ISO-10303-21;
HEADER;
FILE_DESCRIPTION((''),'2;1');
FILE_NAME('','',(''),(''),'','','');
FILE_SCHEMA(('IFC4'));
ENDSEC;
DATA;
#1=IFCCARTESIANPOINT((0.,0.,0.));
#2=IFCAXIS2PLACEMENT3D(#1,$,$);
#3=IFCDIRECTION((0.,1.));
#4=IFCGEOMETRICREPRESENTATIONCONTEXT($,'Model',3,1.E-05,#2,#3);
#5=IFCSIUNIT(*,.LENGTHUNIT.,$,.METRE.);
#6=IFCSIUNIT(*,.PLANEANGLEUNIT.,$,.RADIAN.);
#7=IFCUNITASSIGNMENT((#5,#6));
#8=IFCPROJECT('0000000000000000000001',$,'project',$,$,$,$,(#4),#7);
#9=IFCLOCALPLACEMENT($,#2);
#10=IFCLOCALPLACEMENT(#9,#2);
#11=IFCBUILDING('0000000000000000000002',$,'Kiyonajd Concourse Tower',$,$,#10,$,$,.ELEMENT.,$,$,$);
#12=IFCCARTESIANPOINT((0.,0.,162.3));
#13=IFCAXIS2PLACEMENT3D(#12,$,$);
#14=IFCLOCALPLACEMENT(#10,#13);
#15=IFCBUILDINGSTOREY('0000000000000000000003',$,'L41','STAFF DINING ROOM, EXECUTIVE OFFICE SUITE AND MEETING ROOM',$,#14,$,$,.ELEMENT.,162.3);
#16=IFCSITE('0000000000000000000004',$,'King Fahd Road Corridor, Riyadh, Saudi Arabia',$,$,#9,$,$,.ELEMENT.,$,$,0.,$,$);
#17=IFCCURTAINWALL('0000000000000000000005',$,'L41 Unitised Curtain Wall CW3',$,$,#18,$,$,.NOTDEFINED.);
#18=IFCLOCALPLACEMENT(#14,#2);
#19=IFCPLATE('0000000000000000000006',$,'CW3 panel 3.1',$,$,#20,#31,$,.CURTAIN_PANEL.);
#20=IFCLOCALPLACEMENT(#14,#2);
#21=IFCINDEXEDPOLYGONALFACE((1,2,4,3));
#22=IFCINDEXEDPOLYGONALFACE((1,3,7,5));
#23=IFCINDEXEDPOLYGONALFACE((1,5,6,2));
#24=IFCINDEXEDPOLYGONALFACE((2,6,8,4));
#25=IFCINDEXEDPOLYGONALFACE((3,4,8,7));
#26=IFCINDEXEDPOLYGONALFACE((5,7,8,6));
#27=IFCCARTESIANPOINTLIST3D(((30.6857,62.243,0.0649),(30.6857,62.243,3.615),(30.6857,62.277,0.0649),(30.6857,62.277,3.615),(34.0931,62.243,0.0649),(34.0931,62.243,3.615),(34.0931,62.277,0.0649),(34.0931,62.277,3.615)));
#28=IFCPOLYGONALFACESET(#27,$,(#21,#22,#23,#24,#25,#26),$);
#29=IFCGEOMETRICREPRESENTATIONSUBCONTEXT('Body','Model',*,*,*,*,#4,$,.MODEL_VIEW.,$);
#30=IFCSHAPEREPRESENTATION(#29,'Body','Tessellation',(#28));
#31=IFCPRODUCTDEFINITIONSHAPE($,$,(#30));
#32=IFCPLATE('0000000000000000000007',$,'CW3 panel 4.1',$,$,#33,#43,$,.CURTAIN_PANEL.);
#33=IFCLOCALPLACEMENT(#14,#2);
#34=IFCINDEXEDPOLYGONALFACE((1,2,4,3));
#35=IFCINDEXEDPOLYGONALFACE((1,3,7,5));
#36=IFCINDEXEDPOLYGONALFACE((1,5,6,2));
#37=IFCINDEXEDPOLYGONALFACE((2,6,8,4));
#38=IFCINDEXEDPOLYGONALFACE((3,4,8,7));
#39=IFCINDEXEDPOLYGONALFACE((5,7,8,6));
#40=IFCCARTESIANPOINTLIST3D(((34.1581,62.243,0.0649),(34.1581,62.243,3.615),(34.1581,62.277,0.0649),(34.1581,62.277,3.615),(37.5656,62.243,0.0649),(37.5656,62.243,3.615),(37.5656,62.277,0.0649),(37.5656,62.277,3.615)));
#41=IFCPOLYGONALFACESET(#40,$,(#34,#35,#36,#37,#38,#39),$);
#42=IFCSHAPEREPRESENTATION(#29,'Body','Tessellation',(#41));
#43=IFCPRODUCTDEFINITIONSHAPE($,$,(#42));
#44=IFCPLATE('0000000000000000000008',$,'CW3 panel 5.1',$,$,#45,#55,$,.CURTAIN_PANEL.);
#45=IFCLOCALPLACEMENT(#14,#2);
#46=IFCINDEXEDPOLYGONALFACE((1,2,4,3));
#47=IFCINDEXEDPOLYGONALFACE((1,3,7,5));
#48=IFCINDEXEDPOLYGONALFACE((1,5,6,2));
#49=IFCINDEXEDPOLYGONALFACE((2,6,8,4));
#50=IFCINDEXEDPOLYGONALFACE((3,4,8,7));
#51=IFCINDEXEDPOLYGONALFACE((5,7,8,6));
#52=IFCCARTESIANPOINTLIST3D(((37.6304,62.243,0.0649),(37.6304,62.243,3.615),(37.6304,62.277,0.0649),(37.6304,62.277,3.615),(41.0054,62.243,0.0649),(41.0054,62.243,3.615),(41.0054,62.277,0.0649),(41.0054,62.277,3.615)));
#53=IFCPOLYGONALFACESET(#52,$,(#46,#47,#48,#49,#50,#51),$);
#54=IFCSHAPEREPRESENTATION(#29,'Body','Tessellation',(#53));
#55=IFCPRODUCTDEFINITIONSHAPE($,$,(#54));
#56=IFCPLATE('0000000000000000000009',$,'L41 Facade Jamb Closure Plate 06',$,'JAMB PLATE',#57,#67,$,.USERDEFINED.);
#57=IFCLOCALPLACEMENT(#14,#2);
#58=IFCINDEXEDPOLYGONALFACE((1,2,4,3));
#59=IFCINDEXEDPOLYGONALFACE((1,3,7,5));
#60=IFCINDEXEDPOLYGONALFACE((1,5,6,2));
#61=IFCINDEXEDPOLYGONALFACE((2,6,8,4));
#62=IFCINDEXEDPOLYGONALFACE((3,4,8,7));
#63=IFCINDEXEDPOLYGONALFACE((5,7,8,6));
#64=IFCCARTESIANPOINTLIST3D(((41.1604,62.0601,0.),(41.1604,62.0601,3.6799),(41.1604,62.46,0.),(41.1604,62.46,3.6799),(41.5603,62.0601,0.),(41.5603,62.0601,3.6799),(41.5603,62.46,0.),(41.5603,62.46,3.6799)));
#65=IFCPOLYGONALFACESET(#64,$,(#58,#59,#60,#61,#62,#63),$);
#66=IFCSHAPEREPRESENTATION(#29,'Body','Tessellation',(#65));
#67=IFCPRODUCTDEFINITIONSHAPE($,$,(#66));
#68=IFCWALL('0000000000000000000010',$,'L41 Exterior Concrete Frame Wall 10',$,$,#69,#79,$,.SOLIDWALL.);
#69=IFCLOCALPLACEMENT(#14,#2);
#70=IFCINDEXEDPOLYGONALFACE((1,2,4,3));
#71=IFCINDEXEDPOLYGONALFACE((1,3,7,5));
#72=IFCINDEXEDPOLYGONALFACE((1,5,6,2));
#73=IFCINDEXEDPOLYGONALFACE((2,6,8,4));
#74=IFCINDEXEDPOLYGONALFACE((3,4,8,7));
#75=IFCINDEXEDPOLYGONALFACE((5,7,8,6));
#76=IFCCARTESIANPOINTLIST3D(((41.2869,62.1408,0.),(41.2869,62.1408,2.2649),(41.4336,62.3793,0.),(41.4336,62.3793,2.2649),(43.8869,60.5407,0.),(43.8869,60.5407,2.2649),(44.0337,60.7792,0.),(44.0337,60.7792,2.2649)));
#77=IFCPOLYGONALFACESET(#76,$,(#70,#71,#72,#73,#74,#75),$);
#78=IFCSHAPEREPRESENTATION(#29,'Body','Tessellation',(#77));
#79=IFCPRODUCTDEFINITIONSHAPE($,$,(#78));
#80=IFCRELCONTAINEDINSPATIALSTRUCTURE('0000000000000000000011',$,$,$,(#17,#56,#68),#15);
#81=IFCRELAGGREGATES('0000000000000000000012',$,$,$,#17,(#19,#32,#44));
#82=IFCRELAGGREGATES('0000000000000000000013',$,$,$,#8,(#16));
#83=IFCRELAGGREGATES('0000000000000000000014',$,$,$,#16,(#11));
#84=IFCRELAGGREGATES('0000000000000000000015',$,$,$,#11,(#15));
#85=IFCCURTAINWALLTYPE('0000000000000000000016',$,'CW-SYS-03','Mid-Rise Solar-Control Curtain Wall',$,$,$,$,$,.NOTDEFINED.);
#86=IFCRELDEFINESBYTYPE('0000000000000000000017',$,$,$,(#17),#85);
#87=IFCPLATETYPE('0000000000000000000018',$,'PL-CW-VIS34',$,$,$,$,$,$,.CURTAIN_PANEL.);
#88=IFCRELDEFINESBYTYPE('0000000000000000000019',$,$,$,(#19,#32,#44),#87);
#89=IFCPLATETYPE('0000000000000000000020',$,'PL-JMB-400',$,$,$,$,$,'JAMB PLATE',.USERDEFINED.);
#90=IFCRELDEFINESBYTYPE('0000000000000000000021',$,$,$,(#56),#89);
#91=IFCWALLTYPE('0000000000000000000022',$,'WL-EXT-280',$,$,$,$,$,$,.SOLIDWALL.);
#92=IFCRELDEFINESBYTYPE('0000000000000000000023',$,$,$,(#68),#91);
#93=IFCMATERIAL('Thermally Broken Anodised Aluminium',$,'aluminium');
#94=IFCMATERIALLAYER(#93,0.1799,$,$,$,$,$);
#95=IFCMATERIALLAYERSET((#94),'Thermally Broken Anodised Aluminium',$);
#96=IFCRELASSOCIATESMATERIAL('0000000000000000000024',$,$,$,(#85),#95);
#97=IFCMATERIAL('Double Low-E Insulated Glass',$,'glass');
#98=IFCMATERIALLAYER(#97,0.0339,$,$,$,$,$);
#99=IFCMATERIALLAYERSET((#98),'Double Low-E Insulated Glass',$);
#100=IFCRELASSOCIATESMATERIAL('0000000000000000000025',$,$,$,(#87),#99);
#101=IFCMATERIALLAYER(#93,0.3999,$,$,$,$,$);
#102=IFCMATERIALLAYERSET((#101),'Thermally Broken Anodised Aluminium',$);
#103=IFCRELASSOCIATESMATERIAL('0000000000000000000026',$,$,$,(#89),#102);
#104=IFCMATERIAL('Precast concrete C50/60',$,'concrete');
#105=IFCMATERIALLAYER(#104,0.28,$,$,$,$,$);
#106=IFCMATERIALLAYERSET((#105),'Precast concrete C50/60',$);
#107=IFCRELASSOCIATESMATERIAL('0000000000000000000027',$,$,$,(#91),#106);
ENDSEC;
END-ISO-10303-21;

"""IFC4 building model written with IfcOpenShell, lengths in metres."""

from ifc_helpers import new_model, si_unit, direction, frame, frame_2d, origin, origin_2d, place, context, subcontext, project, spatial, rectangle, extrude, material, layer, layer_set, type_object, element, aggregate, save


model = new_model("IFC4")

# Units and contexts
model_context = context("Model", 3, precision=1e-05, world=origin(), true_north=direction((0.0, 1.0)))
body_context = subcontext(model_context, "Body", "Model", "MODEL_VIEW")
ifc_project = project(units=[si_unit("LENGTHUNIT", "METRE"), si_unit("PLANEANGLEUNIT", "RADIAN")], contexts=[model_context])

# Site, building, storey
site_placement = place(None, origin())
site = spatial("IfcSite", under=ifc_project, at=site_placement, Name="King Fahd Road Corridor, Riyadh, Saudi Arabia", CompositionType="ELEMENT", RefElevation=0.0)
building_placement = place(site_placement, origin())
building = spatial("IfcBuilding", under=site, at=building_placement, Name="Kiyonajd Concourse Tower", CompositionType="ELEMENT")
storey_placement = place(building_placement, frame((0.0, 0.0, 162.3)))
storey = spatial("IfcBuildingStorey", under=building, at=storey_placement, Name="L41", Description="STAFF DINING ROOM, EXECUTIVE OFFICE SUITE AND MEETING ROOM", CompositionType="ELEMENT", Elevation=162.3)

# Curtain wall
ifc_material_1 = material(Name="Thermally Broken Anodised Aluminium", Category="aluminium")
ifc_layer_1 = layer(ifc_material_1, 0.1799)
ifc_layer_set_1 = layer_set([ifc_layer_1], Name="Thermally Broken Anodised Aluminium")
curtain_wall_type = type_object("IfcCurtainWallType", Name="CW-SYS-03", Description="Mid-Rise Solar-Control Curtain Wall", PredefinedType="NOTDEFINED", material=ifc_layer_set_1)
curtain_wall_placement = place(storey_placement, origin())
curtain_wall = element("IfcCurtainWall", 1, at=curtain_wall_placement, inside=storey, type_object=curtain_wall_type, Name="L41 Unitised Curtain Wall CW3", PredefinedType="NOTDEFINED")

# Plates
ifc_material_2 = material(Name="Double Low-E Insulated Glass", Category="glass")
ifc_layer_2 = layer(ifc_material_2, 0.0339)
ifc_layer_set_2 = layer_set([ifc_layer_2], Name="Double Low-E Insulated Glass")
plate_type_1 = type_object("IfcPlateType", Name="PL-CW-VIS34", PredefinedType="CURTAIN_PANEL", material=ifc_layer_set_2)
plate_1_placement = place(storey_placement, frame((32.3894, 62.26, 0.0649), z_axis=(0.0, 0.0, 1.0), x_axis=(1.0, 0.0, 0.0)))
plate_1 = element("IfcPlate", 2, at=plate_1_placement, type_object=plate_type_1, Name="CW3 panel 3.1", PredefinedType="CURTAIN_PANEL", context=body_context, shape_type="SweptSolid", body=[
    extrude(rectangle(XDim=3.4075, YDim=0.0339, at=origin_2d()), origin(), (0.0, 0.0, 1.0), 3.55),
])
plate_2_placement = place(storey_placement, frame((35.8618, 62.26, 0.0649), z_axis=(0.0, 0.0, 1.0), x_axis=(1.0, 0.0, 0.0)))
plate_2 = element("IfcPlate", 3, at=plate_2_placement, type_object=plate_type_1, Name="CW3 panel 4.1", PredefinedType="CURTAIN_PANEL", context=body_context, shape_type="SweptSolid", body=[
    extrude(rectangle(XDim=3.4075, YDim=0.0339, at=origin_2d()), origin(), (0.0, 0.0, 1.0), 3.55),
])
plate_3_placement = place(storey_placement, frame((39.3179, 62.26, 0.0649), z_axis=(0.0, 0.0, 1.0), x_axis=(1.0, 0.0, 0.0)))
plate_3 = element("IfcPlate", 4, at=plate_3_placement, type_object=plate_type_1, Name="CW3 panel 5.1", PredefinedType="CURTAIN_PANEL", context=body_context, shape_type="SweptSolid", body=[
    extrude(rectangle(XDim=3.375, YDim=0.0339, at=origin_2d()), origin(), (0.0, 0.0, 1.0), 3.55),
])
aggregate(curtain_wall, [plate_1, plate_2, plate_3])
ifc_layer_3 = layer(ifc_material_1, 0.3999)
ifc_layer_set_3 = layer_set([ifc_layer_3], Name="Thermally Broken Anodised Aluminium")
plate_type_2 = type_object("IfcPlateType", Name="PL-JMB-400", ElementType="JAMB PLATE", PredefinedType="USERDEFINED", material=ifc_layer_set_3)
plate_4_placement = place(storey_placement, frame((41.3604, 62.26, 0.0), z_axis=(0.0, 0.0, 1.0), x_axis=(1.0, 0.0, 0.0)))
element("IfcPlate", 5, at=plate_4_placement, inside=storey, type_object=plate_type_2, Name="L41 Facade Jamb Closure Plate 06", ObjectType="JAMB PLATE", PredefinedType="USERDEFINED", context=body_context, shape_type="SweptSolid", body=[
    extrude(rectangle(XDim=0.3999, YDim=0.3999, at=origin_2d()), origin(), (0.0, 0.0, 1.0), 3.6799),
])

# Wall
ifc_material_3 = material(Name="Precast concrete C50/60", Category="concrete")
ifc_layer_4 = layer(ifc_material_3, 0.28)
ifc_layer_set_4 = layer_set([ifc_layer_4], Name="Precast concrete C50/60")
wall_type = type_object("IfcWallType", Name="WL-EXT-280", PredefinedType="SOLIDWALL", material=ifc_layer_set_4)
wall_placement = place(storey_placement, frame((41.3604, 62.26, 0.0), z_axis=(0.0, 0.0, 1.0), x_axis=(0.851653, -0.524106, 0.0)))
element("IfcWall", 6, at=wall_placement, inside=storey, type_object=wall_type, Name="L41 Exterior Concrete Frame Wall 10", PredefinedType="SOLIDWALL", context=body_context, shape_type="SweptSolid", body=[
    extrude(rectangle(XDim=3.053, YDim=0.28, at=frame_2d((1.5264, 0.0))), origin(), (0.0, 0.0, 1.0), 2.2649),
])

save(model, "model.ifc")
